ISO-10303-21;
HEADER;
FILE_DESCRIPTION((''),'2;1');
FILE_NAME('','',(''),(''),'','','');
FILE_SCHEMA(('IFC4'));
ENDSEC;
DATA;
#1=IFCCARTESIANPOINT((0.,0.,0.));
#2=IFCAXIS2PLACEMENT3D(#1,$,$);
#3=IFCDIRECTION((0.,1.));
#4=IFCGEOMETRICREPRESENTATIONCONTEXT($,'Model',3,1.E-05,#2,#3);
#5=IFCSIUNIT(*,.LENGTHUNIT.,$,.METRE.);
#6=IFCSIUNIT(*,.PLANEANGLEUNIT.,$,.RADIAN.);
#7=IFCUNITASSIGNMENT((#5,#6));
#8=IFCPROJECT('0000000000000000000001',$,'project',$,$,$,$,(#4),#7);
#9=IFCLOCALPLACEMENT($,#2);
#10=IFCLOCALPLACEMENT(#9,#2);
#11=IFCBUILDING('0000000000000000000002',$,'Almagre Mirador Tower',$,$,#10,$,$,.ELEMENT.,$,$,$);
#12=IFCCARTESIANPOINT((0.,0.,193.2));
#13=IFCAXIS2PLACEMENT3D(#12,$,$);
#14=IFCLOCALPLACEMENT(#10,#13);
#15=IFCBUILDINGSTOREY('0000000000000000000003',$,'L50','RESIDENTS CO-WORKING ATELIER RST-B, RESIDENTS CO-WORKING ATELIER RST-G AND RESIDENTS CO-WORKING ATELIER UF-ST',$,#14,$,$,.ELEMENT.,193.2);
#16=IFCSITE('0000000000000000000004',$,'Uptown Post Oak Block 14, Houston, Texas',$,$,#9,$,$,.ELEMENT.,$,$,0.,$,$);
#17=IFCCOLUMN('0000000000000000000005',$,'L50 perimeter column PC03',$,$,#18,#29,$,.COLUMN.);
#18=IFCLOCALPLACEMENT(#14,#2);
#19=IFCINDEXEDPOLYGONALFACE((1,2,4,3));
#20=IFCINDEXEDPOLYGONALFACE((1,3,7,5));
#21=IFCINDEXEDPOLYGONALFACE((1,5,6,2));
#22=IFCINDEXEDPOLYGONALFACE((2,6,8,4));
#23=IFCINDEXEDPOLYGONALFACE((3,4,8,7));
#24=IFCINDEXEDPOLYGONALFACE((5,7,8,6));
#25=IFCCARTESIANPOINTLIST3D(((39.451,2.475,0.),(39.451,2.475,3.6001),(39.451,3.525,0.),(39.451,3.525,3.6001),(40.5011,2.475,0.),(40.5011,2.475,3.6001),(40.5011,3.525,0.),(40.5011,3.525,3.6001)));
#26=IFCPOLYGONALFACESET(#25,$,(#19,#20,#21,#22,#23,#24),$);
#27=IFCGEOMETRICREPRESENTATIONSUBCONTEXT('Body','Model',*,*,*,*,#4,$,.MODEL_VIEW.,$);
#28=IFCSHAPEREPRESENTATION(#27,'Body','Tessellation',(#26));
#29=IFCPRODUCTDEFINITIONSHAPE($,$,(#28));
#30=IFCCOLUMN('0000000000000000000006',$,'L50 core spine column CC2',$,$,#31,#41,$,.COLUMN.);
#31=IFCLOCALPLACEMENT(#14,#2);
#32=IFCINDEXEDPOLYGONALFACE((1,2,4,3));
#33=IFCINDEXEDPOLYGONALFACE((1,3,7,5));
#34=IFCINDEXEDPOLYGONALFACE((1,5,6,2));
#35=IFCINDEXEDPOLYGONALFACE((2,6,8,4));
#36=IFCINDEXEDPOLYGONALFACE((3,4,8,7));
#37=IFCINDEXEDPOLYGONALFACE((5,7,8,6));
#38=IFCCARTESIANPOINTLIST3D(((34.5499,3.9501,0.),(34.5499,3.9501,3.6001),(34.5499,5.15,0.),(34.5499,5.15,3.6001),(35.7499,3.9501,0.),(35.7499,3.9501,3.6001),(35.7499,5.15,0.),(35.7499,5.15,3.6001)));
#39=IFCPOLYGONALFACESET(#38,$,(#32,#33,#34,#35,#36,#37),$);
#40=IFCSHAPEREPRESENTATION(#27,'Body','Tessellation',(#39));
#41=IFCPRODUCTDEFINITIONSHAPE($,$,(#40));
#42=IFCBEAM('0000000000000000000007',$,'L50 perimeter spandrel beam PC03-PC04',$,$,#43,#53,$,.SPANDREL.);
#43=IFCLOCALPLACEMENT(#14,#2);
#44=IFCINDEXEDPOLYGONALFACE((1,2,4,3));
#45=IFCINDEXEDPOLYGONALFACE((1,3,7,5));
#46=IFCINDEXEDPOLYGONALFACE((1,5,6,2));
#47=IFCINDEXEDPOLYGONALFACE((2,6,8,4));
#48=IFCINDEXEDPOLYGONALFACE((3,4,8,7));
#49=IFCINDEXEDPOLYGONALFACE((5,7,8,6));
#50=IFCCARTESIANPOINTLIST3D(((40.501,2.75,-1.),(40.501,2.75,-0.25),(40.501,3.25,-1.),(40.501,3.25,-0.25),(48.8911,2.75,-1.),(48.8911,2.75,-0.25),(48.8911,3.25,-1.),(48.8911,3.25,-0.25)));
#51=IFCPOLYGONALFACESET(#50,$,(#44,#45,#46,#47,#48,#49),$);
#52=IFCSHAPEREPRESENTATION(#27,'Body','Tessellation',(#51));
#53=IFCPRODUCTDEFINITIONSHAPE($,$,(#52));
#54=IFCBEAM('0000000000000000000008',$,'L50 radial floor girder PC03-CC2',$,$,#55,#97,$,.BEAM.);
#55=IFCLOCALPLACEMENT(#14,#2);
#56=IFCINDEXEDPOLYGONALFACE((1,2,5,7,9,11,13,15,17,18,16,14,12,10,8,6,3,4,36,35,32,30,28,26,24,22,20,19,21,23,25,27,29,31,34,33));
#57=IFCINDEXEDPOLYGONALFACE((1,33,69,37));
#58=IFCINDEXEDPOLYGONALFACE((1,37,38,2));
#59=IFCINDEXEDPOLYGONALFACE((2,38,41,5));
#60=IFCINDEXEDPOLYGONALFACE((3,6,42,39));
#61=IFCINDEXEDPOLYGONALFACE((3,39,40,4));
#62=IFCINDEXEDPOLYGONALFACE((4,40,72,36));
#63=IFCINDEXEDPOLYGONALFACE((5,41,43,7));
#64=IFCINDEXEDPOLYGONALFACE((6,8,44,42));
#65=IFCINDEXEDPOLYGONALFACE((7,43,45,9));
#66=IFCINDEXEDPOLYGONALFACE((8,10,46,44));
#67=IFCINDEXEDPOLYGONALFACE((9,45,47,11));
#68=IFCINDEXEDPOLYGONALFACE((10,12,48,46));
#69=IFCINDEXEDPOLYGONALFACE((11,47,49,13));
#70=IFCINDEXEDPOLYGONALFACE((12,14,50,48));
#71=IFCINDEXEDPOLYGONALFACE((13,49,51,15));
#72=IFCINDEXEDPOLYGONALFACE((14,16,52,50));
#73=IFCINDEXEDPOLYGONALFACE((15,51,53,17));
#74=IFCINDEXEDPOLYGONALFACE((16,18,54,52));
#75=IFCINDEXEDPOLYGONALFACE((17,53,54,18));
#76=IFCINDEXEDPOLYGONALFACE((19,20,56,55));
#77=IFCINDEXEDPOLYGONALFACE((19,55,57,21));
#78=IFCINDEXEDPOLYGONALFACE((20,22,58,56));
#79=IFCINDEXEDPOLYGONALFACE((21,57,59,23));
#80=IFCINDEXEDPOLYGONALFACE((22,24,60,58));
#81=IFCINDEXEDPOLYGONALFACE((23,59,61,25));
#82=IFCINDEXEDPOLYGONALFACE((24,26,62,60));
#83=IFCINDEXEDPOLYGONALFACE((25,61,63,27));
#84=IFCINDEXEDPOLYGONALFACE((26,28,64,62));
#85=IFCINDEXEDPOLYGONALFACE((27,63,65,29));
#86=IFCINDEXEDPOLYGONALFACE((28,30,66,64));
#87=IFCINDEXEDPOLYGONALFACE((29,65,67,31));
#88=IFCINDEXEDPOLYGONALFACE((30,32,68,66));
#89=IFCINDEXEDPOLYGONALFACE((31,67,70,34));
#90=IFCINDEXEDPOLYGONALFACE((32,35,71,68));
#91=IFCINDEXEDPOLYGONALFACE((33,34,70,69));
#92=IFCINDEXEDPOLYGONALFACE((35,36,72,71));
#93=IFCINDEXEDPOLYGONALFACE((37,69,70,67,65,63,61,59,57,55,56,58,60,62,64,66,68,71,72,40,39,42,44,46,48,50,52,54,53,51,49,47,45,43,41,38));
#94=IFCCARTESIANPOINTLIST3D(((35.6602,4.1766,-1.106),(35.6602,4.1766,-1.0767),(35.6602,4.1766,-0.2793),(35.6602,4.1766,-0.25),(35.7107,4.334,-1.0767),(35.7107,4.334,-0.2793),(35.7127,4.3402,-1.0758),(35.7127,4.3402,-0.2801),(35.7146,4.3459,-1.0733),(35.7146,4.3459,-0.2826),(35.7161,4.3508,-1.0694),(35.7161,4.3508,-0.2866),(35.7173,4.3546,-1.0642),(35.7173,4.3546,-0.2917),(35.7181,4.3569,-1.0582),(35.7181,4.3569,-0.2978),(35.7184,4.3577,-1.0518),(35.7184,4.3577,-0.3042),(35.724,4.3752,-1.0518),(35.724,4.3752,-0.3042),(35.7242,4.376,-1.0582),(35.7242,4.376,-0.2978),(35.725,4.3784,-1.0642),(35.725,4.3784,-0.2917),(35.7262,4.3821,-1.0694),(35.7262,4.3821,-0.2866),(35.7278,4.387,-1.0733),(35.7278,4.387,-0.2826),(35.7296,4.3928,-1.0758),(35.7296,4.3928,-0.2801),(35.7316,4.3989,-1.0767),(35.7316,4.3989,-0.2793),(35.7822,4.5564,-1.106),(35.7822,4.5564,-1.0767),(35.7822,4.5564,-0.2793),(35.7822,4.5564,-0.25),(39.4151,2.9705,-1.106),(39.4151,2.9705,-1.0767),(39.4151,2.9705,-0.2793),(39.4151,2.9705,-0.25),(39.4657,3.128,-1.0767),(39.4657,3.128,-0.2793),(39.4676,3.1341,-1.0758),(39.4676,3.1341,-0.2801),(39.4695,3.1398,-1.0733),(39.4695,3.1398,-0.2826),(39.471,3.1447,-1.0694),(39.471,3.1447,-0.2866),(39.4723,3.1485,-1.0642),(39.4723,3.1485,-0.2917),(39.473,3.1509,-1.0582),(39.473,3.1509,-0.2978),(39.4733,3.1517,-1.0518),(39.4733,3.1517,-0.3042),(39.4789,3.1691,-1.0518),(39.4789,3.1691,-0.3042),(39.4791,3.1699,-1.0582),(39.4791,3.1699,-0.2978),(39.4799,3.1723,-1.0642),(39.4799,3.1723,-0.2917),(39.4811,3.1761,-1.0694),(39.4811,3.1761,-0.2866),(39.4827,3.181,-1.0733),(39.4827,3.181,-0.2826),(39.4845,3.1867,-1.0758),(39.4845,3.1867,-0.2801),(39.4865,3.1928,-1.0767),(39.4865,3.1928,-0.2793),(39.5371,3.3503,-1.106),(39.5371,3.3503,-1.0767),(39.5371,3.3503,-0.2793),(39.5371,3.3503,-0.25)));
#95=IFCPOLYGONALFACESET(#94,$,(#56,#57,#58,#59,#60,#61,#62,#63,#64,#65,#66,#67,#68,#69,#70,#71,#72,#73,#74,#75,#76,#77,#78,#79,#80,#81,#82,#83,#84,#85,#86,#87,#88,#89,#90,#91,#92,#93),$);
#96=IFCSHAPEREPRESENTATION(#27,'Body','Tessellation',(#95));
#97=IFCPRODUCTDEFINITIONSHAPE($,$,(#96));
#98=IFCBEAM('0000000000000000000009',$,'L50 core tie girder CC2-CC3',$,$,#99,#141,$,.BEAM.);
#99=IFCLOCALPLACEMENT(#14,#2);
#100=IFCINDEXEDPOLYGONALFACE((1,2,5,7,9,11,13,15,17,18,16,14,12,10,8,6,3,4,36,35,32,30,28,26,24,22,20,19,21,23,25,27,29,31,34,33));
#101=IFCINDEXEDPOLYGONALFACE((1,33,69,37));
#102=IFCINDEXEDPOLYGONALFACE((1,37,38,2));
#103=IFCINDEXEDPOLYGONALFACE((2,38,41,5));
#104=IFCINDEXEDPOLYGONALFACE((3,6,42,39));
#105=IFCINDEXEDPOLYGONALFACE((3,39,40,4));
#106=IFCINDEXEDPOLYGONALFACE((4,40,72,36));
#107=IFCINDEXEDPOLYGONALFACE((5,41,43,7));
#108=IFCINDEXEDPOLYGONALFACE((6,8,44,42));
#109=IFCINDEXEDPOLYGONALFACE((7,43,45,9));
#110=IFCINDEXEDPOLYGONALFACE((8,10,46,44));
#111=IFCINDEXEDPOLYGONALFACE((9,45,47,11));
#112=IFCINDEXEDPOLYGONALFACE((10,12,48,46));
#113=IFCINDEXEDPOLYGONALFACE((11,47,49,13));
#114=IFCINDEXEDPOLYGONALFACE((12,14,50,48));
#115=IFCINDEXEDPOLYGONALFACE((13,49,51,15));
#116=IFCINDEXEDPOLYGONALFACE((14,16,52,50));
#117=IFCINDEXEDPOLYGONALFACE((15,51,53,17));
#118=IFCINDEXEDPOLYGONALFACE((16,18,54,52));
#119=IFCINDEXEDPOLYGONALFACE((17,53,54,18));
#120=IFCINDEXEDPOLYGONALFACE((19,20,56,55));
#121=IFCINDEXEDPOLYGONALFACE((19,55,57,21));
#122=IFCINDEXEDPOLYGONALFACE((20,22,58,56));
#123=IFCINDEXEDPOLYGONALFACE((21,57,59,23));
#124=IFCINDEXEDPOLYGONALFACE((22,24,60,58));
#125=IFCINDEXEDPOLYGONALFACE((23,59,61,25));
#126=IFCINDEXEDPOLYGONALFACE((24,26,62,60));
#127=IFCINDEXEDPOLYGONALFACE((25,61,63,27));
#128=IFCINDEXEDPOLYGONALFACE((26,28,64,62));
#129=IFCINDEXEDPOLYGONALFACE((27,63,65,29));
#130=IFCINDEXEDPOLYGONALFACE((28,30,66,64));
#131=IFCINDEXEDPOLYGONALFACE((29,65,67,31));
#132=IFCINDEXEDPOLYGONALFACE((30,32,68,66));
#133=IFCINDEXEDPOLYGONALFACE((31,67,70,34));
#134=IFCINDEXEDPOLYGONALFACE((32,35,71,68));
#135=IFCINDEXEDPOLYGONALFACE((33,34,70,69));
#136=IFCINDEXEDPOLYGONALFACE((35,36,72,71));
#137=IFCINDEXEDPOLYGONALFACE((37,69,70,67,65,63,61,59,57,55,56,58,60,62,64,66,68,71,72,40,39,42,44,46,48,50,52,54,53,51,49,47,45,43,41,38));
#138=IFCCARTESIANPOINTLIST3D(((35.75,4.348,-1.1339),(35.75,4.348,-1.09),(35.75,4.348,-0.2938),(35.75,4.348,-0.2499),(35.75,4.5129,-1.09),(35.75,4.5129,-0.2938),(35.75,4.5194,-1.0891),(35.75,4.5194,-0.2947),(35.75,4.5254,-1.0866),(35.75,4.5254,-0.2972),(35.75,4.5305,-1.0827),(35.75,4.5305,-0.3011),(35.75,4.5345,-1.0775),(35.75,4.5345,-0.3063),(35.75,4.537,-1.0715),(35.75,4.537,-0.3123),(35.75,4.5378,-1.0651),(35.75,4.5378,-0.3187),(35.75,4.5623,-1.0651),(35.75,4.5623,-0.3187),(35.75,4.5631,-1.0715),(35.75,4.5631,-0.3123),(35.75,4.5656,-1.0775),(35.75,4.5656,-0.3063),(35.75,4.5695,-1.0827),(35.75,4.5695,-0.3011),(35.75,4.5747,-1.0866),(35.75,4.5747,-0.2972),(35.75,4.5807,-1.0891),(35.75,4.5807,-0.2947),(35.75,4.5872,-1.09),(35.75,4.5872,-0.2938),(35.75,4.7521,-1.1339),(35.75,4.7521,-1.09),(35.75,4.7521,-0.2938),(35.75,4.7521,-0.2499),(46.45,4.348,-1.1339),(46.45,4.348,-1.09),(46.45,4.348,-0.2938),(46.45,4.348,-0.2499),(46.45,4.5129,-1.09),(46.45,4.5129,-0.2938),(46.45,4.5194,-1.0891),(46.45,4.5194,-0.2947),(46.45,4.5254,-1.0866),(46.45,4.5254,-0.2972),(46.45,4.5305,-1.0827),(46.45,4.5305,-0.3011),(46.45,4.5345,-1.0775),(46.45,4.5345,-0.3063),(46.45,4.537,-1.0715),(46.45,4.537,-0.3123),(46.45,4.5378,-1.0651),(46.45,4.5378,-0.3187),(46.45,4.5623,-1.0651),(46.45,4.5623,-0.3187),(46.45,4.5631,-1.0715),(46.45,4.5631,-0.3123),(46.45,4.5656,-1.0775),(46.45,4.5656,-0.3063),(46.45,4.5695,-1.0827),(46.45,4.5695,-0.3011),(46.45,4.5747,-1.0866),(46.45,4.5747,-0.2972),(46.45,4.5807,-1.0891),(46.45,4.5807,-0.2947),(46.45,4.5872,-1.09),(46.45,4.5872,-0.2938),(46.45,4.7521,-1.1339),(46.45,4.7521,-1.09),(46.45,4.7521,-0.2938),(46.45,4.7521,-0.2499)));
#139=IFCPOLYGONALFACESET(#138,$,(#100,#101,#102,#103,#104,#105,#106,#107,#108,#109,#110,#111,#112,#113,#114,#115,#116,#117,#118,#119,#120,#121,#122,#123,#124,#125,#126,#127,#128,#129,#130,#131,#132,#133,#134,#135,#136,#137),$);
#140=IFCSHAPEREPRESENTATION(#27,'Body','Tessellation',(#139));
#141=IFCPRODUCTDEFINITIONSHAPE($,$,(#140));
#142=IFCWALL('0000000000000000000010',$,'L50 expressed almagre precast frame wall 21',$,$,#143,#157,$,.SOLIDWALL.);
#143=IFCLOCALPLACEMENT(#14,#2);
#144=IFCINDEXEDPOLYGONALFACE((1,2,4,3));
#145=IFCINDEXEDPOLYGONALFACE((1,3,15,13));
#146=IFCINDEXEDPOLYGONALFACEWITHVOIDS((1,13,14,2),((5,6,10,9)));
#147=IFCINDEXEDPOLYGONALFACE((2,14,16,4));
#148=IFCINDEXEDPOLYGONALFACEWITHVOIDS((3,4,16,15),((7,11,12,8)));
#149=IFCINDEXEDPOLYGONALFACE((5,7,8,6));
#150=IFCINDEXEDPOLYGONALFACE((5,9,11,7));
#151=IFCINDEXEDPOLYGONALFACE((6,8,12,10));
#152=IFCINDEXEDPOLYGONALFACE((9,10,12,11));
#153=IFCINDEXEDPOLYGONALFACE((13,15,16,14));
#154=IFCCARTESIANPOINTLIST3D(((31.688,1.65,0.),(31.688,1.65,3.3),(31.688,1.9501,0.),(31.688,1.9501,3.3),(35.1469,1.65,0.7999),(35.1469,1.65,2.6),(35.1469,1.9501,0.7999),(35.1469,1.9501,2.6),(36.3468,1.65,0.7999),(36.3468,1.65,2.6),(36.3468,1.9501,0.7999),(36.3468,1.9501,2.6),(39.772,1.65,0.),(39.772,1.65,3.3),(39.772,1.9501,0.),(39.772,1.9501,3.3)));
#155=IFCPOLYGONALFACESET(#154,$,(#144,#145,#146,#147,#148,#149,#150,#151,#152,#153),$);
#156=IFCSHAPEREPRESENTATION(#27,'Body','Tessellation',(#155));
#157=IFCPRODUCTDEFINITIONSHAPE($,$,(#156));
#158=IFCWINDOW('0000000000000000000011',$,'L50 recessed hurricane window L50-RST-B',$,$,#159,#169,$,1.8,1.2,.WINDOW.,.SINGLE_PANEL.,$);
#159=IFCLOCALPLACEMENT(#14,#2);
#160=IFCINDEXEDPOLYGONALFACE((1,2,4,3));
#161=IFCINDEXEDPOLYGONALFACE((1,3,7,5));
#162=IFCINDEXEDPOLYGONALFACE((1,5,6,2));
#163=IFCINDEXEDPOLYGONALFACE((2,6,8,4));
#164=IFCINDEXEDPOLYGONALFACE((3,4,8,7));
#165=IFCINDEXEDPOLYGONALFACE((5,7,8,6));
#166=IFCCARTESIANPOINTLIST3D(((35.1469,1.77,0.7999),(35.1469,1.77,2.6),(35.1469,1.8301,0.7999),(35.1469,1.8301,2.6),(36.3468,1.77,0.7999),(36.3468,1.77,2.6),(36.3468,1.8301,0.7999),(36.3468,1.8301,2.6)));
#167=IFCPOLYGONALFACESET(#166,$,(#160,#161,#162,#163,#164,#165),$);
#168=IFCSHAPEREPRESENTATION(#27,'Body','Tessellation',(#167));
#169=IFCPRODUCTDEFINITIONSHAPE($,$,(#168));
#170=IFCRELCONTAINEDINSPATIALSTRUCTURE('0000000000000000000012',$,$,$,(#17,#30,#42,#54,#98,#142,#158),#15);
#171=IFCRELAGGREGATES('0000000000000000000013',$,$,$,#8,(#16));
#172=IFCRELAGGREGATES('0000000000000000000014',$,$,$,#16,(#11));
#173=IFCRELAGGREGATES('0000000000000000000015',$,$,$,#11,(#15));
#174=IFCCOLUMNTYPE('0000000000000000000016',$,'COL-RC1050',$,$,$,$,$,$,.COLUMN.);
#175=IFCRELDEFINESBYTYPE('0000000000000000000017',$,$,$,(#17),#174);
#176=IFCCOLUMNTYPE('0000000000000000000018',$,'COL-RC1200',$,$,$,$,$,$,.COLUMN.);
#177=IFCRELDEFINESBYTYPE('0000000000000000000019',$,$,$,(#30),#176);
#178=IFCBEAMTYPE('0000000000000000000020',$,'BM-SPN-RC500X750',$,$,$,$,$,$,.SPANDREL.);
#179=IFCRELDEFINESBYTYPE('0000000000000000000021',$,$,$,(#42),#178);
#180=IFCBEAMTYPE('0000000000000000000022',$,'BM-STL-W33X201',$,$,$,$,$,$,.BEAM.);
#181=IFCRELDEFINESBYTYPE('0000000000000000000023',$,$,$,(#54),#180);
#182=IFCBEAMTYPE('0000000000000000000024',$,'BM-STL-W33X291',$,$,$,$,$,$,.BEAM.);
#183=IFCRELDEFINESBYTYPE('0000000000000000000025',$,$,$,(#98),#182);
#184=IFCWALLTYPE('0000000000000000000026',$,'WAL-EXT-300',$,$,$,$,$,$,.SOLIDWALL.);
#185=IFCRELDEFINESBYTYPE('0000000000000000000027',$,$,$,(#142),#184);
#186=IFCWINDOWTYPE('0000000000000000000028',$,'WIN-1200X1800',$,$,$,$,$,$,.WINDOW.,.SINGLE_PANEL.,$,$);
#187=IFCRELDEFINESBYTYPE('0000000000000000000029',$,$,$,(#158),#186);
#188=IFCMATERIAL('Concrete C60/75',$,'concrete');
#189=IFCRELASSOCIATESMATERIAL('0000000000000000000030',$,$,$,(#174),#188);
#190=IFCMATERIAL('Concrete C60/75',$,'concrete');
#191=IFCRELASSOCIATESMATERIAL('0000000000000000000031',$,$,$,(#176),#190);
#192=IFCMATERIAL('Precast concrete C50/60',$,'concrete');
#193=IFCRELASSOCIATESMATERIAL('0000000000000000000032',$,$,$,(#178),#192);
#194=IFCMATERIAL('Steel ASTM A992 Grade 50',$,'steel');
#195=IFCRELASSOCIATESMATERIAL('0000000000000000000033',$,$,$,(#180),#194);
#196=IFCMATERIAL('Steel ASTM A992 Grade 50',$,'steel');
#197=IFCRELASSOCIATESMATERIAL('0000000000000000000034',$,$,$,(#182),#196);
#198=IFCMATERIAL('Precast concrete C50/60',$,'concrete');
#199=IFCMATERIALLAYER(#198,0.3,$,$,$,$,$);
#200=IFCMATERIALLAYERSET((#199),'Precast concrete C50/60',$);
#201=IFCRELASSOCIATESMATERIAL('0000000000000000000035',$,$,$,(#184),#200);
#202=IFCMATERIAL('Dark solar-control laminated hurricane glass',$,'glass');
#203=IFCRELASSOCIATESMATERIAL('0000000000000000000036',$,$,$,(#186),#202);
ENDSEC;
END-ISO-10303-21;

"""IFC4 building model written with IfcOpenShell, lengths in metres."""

from ifc_helpers import new_model, si_unit, direction, frame, frame_2d, origin, origin_2d, place, context, subcontext, project, spatial, rectangle, i_section, extrude, material, layer, layer_set, material_profile, profile_set, type_object, element, fill, save


model = new_model("IFC4")

# Units and contexts
model_context = context("Model", 3, precision=1e-05, world=origin(), true_north=direction((0.0, 1.0)))
body_context = subcontext(model_context, "Body", "Model", "MODEL_VIEW")
ifc_project = project(units=[si_unit("LENGTHUNIT", "METRE"), si_unit("PLANEANGLEUNIT", "RADIAN")], contexts=[model_context])

# Site, building, storey
site_placement = place(None, origin())
site = spatial("IfcSite", under=ifc_project, at=site_placement, Name="Uptown Post Oak Block 14, Houston, Texas", CompositionType="ELEMENT", RefElevation=0.0)
building_placement = place(site_placement, origin())
building = spatial("IfcBuilding", under=site, at=building_placement, Name="Almagre Mirador Tower", CompositionType="ELEMENT")
storey_placement = place(building_placement, frame((0.0, 0.0, 193.2)))
storey = spatial("IfcBuildingStorey", under=building, at=storey_placement, Name="L50", Description="RESIDENTS CO-WORKING ATELIER RST-B, RESIDENTS CO-WORKING ATELIER RST-G AND RESIDENTS CO-WORKING ATELIER UF-ST", CompositionType="ELEMENT", Elevation=193.2)

# Columns
ifc_material_1 = material(Name="Concrete C60/75", Category="concrete")
ifc_material_profile_1 = material_profile(ifc_material_1, rectangle(XDim=1.05, YDim=1.05, at=origin_2d()), Name="RC1050X1050")
ifc_profile_set_1 = profile_set([ifc_material_profile_1], Name="Concrete C60/75")
column_type_1 = type_object("IfcColumnType", Name="COL-RC1050", PredefinedType="COLUMN", material=ifc_profile_set_1)
column_1_placement = place(storey_placement, frame((39.9761, 3.0, 0.0), z_axis=(0.0, 0.0, 1.0), x_axis=(1.0, 0.0, 0.0)))
element("IfcColumn", 1, at=column_1_placement, inside=storey, type_object=column_type_1, Name="L50 perimeter column PC03", PredefinedType="COLUMN", context=body_context, shape_type="SweptSolid", body=[
    extrude(rectangle(XDim=1.05, YDim=1.05, at=origin_2d()), origin(), (0.0, 0.0, 1.0), 3.6001),
])
ifc_material_2 = material(Name="Concrete C60/75", Category="concrete")
ifc_material_profile_2 = material_profile(ifc_material_2, rectangle(XDim=1.2, YDim=1.2, at=origin_2d()), Name="RC1200X1200")
ifc_profile_set_2 = profile_set([ifc_material_profile_2], Name="Concrete C60/75")
column_type_2 = type_object("IfcColumnType", Name="COL-RC1200", PredefinedType="COLUMN", material=ifc_profile_set_2)
column_2_placement = place(storey_placement, frame((35.1499, 4.55, 0.0), z_axis=(0.0, 0.0, 1.0), x_axis=(1.0, 0.0, 0.0)))
element("IfcColumn", 2, at=column_2_placement, inside=storey, type_object=column_type_2, Name="L50 core spine column CC2", PredefinedType="COLUMN", context=body_context, shape_type="SweptSolid", body=[
    extrude(rectangle(XDim=1.2, YDim=1.2, at=origin_2d()), origin(), (0.0, 0.0, 1.0), 3.6001),
])

# Beams
ifc_material_3 = material(Name="Precast concrete C50/60", Category="concrete")
ifc_material_profile_3 = material_profile(ifc_material_3, rectangle(XDim=0.5, YDim=0.75, at=origin_2d()), Name="RC500X750")
ifc_profile_set_3 = profile_set([ifc_material_profile_3], Name="Precast concrete C50/60")
beam_type_1 = type_object("IfcBeamType", Name="BM-SPN-RC500X750", PredefinedType="SPANDREL", material=ifc_profile_set_3)
beam_1_placement = place(storey_placement, frame((40.501, 3.0, -0.625), z_axis=(1.0, 0.0, 0.0), x_axis=(0.0, 1.0, 0.0)))
element("IfcBeam", 3, at=beam_1_placement, inside=storey, type_object=beam_type_1, Name="L50 perimeter spandrel beam PC03-PC04", PredefinedType="SPANDREL", context=body_context, shape_type="SweptSolid", body=[
    extrude(rectangle(XDim=0.5, YDim=0.75, at=origin_2d()), origin(), (0.0, 0.0, 1.0), 8.3901),
])
ifc_material_4 = material(Name="Steel ASTM A992 Grade 50", Category="steel")
ifc_material_profile_4 = material_profile(ifc_material_4, i_section(OverallWidth=0.3989, OverallDepth=0.856, WebThickness=0.0183, FlangeThickness=0.0293, FilletRadius=0.0249, at=origin_2d()), Name="W33X201")
ifc_profile_set_4 = profile_set([ifc_material_profile_4], Name="Steel ASTM A992 Grade 50")
beam_type_2 = type_object("IfcBeamType", Name="BM-STL-W33X201", PredefinedType="BEAM", material=ifc_profile_set_4)
beam_2_placement = place(storey_placement, frame((39.4761, 3.1604, -0.678), z_axis=(-0.952093, 0.305809, 0.0), x_axis=(-0.305809, -0.952093, 0.0)))
element("IfcBeam", 4, at=beam_2_placement, inside=storey, type_object=beam_type_2, Name="L50 radial floor girder PC03-CC2", PredefinedType="BEAM", context=body_context, shape_type="SweptSolid", body=[
    extrude(i_section(OverallWidth=0.3989, OverallDepth=0.856, WebThickness=0.0183, FlangeThickness=0.0293, FilletRadius=0.0249, at=origin_2d()), origin(), (0.0, 0.0, 1.0), 3.9438),
])
ifc_material_5 = material(Name="Steel ASTM A992 Grade 50", Category="steel")
ifc_material_profile_5 = material_profile(ifc_material_5, i_section(OverallWidth=0.4041, OverallDepth=0.884, WebThickness=0.0244, FlangeThickness=0.0439, FilletRadius=0.0249, at=origin_2d()), Name="W33X291")
ifc_profile_set_5 = profile_set([ifc_material_profile_5], Name="Steel ASTM A992 Grade 50")
beam_type_3 = type_object("IfcBeamType", Name="BM-STL-W33X291", PredefinedType="BEAM", material=ifc_profile_set_5)
beam_3_placement = place(storey_placement, frame((35.75, 4.55, -0.6919), z_axis=(1.0, 0.0, 0.0), x_axis=(0.0, 1.0, 0.0)))
element("IfcBeam", 5, at=beam_3_placement, inside=storey, type_object=beam_type_3, Name="L50 core tie girder CC2-CC3", PredefinedType="BEAM", context=body_context, shape_type="SweptSolid", body=[
    extrude(i_section(OverallWidth=0.4041, OverallDepth=0.884, WebThickness=0.0244, FlangeThickness=0.0439, FilletRadius=0.0249, at=origin_2d()), origin(), (0.0, 0.0, 1.0), 10.7),
])

# Wall, opening, window
ifc_material_6 = material(Name="Precast concrete C50/60", Category="concrete")
ifc_layer_1 = layer(ifc_material_6, 0.3)
ifc_layer_set_1 = layer_set([ifc_layer_1], Name="Precast concrete C50/60")
wall_type_1 = type_object("IfcWallType", Name="WAL-EXT-300", PredefinedType="SOLIDWALL", material=ifc_layer_set_1)
wall_1_placement = place(storey_placement, frame((39.772, 1.8, 0.0), z_axis=(0.0, 0.0, 1.0), x_axis=(-1.0, 0.0, 0.0)))
wall_1 = element("IfcWall", 6, at=wall_1_placement, inside=storey, type_object=wall_type_1, Name="L50 expressed almagre precast frame wall 21", PredefinedType="SOLIDWALL", context=body_context, shape_type="SweptSolid", body=[
    extrude(rectangle(XDim=8.084, YDim=0.3, at=frame_2d((4.042, 0.0))), origin(), (0.0, 0.0, 1.0), 3.3),
])
opening_1_placement = place(wall_1_placement, frame((3.425, 0.0, 0.8)))
opening_1 = element("IfcOpeningElement", 7, at=opening_1_placement, cuts=wall_1, PredefinedType="OPENING", context=body_context, shape_type="SweptSolid", body=[
    extrude(rectangle(XDim=1.2, YDim=1.8, at=frame_2d((0.6001, 0.8999))), frame((0.0, 0.1599, 0.0), z_axis=(0.0, -1.0, 0.0), x_axis=(1.0, 0.0, 0.0)), (0.0, 0.0, 1.0), 0.32),
])
ifc_material_7 = material(Name="Dark solar-control laminated hurricane glass", Category="glass")
window_type = type_object("IfcWindowType", Name="WIN-1200X1800", PartitioningType="SINGLE_PANEL", PredefinedType="WINDOW", material=ifc_material_7)
window_placement = place(opening_1_placement, origin())
window = element("IfcWindow", 8, at=window_placement, inside=storey, type_object=window_type, Name="L50 recessed hurricane window L50-RST-B", OverallHeight=1.8, OverallWidth=1.2, PartitioningType="SINGLE_PANEL", PredefinedType="WINDOW", context=body_context, shape_type="SweptSolid", body=[
    extrude(rectangle(XDim=1.2, YDim=1.8, at=frame_2d((0.6001, 0.8999))), frame((0.0, 0.03, 0.0), z_axis=(0.0, -1.0, 0.0), x_axis=(1.0, 0.0, 0.0)), (0.0, 0.0, 1.0), 0.0601),
])
fill(opening_1, window)

save(model, "model.ifc")
